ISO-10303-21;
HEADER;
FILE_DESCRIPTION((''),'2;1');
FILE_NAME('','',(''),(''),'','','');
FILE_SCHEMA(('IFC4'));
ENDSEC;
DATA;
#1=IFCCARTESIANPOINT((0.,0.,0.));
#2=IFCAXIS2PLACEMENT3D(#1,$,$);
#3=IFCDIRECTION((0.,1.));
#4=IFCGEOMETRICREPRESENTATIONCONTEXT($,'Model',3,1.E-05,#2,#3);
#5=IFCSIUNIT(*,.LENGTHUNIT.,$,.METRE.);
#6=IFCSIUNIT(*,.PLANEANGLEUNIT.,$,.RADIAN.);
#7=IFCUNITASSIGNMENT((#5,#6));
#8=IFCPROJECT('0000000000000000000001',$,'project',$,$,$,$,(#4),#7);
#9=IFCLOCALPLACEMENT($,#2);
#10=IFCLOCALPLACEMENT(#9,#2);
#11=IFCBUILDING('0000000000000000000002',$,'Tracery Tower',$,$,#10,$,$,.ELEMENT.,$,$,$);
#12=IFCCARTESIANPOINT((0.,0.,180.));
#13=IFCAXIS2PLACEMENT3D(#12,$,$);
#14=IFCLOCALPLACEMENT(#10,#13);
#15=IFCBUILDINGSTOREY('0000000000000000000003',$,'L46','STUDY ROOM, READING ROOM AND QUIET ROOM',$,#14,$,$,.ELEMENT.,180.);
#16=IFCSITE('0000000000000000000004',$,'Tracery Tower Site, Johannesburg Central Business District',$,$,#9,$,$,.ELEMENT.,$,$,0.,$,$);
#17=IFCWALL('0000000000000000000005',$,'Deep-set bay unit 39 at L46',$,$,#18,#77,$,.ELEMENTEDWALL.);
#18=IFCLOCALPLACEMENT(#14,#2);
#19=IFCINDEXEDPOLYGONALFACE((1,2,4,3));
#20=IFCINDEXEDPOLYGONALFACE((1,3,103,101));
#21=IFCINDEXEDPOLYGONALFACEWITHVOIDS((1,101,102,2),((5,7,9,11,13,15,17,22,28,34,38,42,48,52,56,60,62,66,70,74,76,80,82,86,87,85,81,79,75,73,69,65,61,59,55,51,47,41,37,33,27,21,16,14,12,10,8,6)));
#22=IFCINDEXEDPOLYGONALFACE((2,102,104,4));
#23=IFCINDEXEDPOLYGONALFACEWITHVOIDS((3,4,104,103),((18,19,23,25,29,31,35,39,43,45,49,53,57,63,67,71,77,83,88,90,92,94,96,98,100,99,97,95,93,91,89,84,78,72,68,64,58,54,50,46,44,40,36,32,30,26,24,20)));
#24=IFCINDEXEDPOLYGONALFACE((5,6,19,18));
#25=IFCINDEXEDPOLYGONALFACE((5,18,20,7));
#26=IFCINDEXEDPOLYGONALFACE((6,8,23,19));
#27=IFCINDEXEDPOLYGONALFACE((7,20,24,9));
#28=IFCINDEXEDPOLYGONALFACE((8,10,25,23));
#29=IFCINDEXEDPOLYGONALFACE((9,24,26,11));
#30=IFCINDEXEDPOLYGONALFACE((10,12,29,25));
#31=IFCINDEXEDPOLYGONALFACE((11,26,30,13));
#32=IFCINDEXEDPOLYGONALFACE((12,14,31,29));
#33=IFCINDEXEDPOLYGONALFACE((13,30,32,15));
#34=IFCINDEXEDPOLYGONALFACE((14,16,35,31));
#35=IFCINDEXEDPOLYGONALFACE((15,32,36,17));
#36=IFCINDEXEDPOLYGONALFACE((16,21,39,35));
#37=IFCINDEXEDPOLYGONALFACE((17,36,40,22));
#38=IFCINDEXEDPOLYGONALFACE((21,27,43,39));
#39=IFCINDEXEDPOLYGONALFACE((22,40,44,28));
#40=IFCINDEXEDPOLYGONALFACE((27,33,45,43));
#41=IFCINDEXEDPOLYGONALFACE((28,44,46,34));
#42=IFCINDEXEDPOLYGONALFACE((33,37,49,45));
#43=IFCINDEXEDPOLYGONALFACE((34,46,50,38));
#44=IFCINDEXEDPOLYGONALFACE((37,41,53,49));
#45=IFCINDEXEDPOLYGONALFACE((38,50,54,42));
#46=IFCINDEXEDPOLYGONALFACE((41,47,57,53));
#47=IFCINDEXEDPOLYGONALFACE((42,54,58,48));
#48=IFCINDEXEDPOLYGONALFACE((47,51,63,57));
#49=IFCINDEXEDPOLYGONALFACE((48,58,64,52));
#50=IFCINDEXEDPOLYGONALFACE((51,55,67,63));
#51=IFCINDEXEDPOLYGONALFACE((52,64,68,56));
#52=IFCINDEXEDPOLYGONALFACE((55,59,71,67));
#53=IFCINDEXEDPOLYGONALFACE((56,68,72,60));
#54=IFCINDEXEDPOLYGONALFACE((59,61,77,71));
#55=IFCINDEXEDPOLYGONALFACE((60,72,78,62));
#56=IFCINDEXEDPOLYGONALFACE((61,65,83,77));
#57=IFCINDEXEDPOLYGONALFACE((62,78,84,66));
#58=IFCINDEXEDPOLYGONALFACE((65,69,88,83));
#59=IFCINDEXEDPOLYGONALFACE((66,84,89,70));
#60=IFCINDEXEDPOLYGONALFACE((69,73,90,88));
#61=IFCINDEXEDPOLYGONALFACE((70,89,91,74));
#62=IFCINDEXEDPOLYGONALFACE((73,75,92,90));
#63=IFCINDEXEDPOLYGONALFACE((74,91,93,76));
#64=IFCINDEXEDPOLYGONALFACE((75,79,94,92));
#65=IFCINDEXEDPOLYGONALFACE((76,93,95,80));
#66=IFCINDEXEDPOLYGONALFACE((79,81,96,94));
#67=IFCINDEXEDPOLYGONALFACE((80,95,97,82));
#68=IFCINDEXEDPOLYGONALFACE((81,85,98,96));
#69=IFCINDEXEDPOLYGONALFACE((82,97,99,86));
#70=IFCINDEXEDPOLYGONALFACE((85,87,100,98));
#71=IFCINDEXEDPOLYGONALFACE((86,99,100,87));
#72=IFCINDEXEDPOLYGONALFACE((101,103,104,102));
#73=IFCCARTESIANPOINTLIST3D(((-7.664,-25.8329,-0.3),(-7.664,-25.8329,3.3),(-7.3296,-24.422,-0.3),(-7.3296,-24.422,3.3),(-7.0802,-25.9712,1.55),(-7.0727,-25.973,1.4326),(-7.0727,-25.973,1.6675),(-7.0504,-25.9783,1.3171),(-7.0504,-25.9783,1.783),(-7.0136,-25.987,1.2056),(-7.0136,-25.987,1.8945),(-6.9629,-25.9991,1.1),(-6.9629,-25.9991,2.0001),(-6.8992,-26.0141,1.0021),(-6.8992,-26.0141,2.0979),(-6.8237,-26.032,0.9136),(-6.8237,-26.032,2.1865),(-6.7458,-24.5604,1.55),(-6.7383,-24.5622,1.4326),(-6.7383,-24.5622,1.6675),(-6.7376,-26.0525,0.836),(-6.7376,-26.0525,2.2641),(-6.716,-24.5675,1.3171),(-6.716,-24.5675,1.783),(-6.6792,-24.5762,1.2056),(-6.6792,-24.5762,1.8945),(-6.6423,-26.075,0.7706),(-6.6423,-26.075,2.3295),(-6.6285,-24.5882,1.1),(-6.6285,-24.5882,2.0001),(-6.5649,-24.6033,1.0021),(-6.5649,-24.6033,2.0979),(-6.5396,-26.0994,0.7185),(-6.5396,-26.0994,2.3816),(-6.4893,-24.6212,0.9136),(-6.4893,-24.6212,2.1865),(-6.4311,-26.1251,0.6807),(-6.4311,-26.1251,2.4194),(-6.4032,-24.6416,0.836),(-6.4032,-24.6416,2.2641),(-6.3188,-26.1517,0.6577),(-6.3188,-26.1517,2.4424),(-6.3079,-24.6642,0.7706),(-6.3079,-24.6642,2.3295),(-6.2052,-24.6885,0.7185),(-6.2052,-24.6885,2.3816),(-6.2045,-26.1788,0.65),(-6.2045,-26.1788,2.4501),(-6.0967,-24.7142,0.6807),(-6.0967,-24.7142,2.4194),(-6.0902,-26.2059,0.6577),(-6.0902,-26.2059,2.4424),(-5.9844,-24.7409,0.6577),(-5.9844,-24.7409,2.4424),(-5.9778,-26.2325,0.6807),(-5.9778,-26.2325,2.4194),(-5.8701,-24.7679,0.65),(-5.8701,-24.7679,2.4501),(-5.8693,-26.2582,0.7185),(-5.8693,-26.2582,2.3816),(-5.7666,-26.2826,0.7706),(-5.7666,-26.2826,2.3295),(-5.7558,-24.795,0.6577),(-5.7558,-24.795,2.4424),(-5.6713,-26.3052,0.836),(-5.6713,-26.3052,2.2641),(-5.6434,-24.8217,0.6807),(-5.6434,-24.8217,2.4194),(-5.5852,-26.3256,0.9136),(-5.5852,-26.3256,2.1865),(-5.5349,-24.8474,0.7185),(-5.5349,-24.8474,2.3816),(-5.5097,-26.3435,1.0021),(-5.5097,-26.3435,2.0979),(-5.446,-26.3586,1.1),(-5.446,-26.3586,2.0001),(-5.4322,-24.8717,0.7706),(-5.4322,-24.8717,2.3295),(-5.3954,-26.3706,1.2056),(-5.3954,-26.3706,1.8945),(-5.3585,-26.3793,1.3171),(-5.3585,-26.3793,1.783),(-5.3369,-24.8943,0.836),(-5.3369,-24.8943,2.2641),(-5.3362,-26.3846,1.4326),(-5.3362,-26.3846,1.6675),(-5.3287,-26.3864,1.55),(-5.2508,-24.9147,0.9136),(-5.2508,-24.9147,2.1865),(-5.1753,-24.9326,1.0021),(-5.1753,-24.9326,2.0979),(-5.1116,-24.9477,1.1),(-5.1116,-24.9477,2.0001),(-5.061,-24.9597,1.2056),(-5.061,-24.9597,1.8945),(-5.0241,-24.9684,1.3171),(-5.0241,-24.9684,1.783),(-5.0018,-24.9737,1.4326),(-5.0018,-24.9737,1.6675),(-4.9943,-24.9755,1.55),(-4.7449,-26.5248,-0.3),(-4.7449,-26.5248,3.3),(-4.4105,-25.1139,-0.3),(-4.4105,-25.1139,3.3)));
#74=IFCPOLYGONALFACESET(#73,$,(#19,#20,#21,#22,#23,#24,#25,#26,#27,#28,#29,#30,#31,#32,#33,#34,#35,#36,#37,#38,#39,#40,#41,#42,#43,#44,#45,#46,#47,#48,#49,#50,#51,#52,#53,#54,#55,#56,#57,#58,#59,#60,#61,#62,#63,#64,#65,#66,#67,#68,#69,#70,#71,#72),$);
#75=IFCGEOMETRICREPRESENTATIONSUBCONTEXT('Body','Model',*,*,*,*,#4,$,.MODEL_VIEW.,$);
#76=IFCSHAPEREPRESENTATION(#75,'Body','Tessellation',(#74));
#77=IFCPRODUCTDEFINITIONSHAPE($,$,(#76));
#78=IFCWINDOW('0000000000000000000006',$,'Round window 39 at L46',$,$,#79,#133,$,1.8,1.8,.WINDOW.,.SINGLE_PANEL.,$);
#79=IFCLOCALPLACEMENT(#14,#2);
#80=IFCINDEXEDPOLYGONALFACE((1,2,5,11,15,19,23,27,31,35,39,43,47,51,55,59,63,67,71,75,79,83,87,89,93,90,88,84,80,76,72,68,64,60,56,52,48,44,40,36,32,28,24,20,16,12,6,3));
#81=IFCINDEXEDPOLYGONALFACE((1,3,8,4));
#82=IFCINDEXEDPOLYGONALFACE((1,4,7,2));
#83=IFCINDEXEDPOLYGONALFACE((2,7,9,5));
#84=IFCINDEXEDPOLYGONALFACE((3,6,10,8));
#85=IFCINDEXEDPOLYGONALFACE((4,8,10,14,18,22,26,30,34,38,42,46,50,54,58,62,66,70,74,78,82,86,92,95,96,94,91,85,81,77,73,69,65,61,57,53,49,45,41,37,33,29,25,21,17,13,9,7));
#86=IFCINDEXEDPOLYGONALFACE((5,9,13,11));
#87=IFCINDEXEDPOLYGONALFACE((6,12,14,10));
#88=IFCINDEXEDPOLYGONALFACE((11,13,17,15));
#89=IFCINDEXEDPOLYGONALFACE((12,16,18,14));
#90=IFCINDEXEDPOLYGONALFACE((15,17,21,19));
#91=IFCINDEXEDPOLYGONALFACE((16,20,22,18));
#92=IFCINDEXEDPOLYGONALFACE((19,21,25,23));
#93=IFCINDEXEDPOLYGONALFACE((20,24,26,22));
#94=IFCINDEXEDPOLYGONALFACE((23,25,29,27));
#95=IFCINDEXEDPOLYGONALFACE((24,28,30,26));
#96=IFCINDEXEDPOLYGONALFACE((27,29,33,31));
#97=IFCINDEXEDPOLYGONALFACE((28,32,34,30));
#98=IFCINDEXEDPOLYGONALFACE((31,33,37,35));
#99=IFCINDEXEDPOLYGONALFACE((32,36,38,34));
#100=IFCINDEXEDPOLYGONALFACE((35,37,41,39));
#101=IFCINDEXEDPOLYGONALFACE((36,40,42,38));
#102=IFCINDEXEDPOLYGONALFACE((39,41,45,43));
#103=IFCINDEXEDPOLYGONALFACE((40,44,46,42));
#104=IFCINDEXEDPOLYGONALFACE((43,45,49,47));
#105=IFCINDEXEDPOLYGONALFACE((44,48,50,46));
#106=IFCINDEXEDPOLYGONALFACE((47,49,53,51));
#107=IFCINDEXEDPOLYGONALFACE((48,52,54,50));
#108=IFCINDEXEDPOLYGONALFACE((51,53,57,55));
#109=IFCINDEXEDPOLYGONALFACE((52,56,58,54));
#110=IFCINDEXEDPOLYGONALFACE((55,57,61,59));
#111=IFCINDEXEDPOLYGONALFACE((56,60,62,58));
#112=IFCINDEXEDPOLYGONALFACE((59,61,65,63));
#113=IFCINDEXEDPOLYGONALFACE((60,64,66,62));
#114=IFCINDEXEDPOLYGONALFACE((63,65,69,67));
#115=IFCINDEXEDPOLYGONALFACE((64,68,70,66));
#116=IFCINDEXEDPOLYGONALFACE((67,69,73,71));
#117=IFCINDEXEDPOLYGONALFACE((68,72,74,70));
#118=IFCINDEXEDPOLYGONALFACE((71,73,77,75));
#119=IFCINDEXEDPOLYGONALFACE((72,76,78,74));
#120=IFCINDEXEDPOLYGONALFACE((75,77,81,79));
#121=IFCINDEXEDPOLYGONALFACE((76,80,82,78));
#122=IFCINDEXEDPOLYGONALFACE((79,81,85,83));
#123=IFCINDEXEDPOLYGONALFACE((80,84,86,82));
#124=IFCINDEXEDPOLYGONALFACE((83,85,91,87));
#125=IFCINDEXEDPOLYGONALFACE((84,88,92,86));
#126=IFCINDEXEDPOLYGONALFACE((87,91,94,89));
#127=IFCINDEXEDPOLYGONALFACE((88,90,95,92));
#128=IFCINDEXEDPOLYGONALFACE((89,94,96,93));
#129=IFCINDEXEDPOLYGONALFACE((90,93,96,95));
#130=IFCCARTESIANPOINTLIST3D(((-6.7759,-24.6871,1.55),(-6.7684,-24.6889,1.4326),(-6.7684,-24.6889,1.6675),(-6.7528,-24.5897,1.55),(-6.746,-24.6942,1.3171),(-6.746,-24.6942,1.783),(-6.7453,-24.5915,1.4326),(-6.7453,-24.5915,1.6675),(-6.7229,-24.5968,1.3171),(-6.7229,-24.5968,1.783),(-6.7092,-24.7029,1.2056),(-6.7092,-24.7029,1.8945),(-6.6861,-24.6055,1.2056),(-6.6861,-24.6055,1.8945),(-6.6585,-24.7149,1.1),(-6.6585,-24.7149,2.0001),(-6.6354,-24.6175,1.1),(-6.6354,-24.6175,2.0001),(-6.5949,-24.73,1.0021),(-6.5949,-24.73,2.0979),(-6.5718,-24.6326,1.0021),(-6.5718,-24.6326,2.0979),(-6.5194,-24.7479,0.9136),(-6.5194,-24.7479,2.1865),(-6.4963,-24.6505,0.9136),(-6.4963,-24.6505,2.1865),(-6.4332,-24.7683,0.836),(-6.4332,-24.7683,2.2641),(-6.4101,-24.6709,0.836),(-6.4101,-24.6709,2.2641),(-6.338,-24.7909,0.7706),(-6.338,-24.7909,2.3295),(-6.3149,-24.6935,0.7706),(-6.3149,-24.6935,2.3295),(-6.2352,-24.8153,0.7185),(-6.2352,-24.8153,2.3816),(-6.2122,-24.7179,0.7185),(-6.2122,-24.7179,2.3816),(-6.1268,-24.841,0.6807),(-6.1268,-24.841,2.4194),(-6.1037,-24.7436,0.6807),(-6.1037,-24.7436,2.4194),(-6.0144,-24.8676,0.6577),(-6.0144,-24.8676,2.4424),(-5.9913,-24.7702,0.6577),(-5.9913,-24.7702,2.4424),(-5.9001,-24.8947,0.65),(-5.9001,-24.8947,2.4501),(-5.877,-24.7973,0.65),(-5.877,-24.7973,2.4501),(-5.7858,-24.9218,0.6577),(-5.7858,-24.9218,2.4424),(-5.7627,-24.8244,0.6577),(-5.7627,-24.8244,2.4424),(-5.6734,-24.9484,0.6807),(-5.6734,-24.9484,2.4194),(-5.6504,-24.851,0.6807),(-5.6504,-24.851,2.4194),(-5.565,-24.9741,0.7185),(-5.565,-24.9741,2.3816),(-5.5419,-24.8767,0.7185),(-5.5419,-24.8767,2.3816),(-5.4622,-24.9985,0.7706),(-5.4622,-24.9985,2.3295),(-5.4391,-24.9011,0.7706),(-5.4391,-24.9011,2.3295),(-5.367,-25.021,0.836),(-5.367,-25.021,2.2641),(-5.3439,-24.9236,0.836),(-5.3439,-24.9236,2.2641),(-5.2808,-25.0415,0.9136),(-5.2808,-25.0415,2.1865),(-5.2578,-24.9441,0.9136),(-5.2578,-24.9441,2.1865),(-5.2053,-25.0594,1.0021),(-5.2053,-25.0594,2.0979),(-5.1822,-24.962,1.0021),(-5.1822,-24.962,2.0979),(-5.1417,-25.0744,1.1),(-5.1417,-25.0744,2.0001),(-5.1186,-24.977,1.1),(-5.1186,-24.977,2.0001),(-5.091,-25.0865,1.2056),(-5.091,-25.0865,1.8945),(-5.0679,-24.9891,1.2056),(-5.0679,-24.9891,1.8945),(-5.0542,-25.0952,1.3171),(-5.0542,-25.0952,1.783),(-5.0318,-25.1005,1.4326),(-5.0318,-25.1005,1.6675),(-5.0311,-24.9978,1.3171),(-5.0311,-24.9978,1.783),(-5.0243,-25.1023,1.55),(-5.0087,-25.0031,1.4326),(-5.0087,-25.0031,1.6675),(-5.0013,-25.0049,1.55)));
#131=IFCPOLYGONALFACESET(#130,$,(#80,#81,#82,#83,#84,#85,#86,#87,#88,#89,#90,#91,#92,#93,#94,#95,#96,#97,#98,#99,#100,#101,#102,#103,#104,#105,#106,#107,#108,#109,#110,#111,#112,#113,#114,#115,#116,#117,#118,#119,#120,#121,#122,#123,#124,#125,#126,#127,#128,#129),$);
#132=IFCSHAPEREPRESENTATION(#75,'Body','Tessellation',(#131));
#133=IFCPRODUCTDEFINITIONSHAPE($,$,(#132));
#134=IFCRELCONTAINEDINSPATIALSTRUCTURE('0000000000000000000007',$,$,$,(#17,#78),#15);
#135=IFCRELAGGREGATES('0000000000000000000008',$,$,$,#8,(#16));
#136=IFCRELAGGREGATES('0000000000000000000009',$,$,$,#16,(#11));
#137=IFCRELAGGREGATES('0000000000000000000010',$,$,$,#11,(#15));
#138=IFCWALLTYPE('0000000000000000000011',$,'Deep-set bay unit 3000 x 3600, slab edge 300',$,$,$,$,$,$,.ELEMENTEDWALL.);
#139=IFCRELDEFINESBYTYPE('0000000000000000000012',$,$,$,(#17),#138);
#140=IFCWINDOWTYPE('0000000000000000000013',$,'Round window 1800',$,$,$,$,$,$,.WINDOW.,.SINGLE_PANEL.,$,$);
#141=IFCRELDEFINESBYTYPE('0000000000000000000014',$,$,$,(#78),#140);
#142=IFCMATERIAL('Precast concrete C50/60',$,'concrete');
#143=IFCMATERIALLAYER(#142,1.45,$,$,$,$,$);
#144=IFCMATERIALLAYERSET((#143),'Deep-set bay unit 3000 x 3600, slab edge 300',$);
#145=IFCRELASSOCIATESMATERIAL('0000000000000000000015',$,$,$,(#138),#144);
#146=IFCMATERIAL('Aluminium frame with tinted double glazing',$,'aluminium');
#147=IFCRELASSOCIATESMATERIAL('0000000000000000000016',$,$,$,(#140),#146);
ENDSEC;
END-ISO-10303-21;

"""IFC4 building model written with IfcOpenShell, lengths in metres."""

from ifc_helpers import new_model, si_unit, direction, frame, frame_2d, origin, origin_2d, place, context, subcontext, project, spatial, rectangle, circle, extrude, material, layer, layer_set, type_object, element, fill, save


model = new_model("IFC4")

# Units and contexts
model_context = context("Model", 3, precision=1e-05, world=origin(), true_north=direction((0.0, 1.0)))
body_context = subcontext(model_context, "Body", "Model", "MODEL_VIEW")
ifc_project = project(units=[si_unit("LENGTHUNIT", "METRE"), si_unit("PLANEANGLEUNIT", "RADIAN")], contexts=[model_context])

# Site, building, storey
site_placement = place(None, origin())
site = spatial("IfcSite", under=ifc_project, at=site_placement, Name="Tracery Tower Site, Johannesburg Central Business District", CompositionType="ELEMENT", RefElevation=0.0)
building_placement = place(site_placement, origin())
building = spatial("IfcBuilding", under=site, at=building_placement, Name="Tracery Tower", CompositionType="ELEMENT")
storey_placement = place(building_placement, frame((0.0, 0.0, 180.0)))
storey = spatial("IfcBuildingStorey", under=building, at=storey_placement, Name="L46", Description="STUDY ROOM, READING ROOM AND QUIET ROOM", CompositionType="ELEMENT", Elevation=180.0)

# Wall, opening, window
ifc_material_1 = material(Name="Precast concrete C50/60", Category="concrete")
ifc_layer_1 = layer(ifc_material_1, 1.45)
ifc_layer_set_1 = layer_set([ifc_layer_1], Name="Deep-set bay unit 3000 x 3600, slab edge 300")
wall_type_1 = type_object("IfcWallType", Name="Deep-set bay unit 3000 x 3600, slab edge 300", PredefinedType="ELEMENTEDWALL", material=ifc_layer_set_1)
wall_1_placement = place(storey_placement, frame((-7.4968, -25.1274, -0.3), z_axis=(0.0, 0.0, 1.0), x_axis=(0.973042, -0.230627, 0.0)))
wall_1 = element("IfcWall", 1, at=wall_1_placement, inside=storey, type_object=wall_type_1, Name="Deep-set bay unit 39 at L46", PredefinedType="ELEMENTEDWALL", context=body_context, shape_type="SweptSolid", body=[
    extrude(rectangle(XDim=3.0, YDim=1.45, at=frame_2d((1.5, 0.0))), origin(), (0.0, 0.0, 1.0), 3.6001),
])
opening_1_placement = place(wall_1_placement, frame((1.5, 0.0, 1.8501)))
opening_1 = element("IfcOpeningElement", 2, at=opening_1_placement, cuts=wall_1, PredefinedType="OPENING", context=body_context, shape_type="SweptSolid", body=[
    extrude(circle(Radius=0.9, at=origin_2d()), frame((0.0, 0.7349, 0.0), z_axis=(0.0, -1.0, 0.0), x_axis=(1.0, 0.0, 0.0)), (0.0, 0.0, 1.0), 1.47),
])
ifc_material_2 = material(Name="Aluminium frame with tinted double glazing", Category="aluminium")
window_type = type_object("IfcWindowType", Name="Round window 1800", PartitioningType="SINGLE_PANEL", PredefinedType="WINDOW", material=ifc_material_2)
window_1_placement = place(opening_1_placement, origin())
window_1 = element("IfcWindow", 3, at=window_1_placement, inside=storey, type_object=window_type, Name="Round window 39 at L46", OverallHeight=1.8, OverallWidth=1.8, PartitioningType="SINGLE_PANEL", PredefinedType="WINDOW", context=body_context, shape_type="SweptSolid", body=[
    extrude(circle(Radius=0.9, at=origin_2d()), frame((0.0, 0.6948, 0.0), z_axis=(0.0, -1.0, 0.0), x_axis=(1.0, 0.0, 0.0)), (0.0, 0.0, 1.0), 0.1001),
])
fill(opening_1, window_1)

save(model, "model.ifc")
